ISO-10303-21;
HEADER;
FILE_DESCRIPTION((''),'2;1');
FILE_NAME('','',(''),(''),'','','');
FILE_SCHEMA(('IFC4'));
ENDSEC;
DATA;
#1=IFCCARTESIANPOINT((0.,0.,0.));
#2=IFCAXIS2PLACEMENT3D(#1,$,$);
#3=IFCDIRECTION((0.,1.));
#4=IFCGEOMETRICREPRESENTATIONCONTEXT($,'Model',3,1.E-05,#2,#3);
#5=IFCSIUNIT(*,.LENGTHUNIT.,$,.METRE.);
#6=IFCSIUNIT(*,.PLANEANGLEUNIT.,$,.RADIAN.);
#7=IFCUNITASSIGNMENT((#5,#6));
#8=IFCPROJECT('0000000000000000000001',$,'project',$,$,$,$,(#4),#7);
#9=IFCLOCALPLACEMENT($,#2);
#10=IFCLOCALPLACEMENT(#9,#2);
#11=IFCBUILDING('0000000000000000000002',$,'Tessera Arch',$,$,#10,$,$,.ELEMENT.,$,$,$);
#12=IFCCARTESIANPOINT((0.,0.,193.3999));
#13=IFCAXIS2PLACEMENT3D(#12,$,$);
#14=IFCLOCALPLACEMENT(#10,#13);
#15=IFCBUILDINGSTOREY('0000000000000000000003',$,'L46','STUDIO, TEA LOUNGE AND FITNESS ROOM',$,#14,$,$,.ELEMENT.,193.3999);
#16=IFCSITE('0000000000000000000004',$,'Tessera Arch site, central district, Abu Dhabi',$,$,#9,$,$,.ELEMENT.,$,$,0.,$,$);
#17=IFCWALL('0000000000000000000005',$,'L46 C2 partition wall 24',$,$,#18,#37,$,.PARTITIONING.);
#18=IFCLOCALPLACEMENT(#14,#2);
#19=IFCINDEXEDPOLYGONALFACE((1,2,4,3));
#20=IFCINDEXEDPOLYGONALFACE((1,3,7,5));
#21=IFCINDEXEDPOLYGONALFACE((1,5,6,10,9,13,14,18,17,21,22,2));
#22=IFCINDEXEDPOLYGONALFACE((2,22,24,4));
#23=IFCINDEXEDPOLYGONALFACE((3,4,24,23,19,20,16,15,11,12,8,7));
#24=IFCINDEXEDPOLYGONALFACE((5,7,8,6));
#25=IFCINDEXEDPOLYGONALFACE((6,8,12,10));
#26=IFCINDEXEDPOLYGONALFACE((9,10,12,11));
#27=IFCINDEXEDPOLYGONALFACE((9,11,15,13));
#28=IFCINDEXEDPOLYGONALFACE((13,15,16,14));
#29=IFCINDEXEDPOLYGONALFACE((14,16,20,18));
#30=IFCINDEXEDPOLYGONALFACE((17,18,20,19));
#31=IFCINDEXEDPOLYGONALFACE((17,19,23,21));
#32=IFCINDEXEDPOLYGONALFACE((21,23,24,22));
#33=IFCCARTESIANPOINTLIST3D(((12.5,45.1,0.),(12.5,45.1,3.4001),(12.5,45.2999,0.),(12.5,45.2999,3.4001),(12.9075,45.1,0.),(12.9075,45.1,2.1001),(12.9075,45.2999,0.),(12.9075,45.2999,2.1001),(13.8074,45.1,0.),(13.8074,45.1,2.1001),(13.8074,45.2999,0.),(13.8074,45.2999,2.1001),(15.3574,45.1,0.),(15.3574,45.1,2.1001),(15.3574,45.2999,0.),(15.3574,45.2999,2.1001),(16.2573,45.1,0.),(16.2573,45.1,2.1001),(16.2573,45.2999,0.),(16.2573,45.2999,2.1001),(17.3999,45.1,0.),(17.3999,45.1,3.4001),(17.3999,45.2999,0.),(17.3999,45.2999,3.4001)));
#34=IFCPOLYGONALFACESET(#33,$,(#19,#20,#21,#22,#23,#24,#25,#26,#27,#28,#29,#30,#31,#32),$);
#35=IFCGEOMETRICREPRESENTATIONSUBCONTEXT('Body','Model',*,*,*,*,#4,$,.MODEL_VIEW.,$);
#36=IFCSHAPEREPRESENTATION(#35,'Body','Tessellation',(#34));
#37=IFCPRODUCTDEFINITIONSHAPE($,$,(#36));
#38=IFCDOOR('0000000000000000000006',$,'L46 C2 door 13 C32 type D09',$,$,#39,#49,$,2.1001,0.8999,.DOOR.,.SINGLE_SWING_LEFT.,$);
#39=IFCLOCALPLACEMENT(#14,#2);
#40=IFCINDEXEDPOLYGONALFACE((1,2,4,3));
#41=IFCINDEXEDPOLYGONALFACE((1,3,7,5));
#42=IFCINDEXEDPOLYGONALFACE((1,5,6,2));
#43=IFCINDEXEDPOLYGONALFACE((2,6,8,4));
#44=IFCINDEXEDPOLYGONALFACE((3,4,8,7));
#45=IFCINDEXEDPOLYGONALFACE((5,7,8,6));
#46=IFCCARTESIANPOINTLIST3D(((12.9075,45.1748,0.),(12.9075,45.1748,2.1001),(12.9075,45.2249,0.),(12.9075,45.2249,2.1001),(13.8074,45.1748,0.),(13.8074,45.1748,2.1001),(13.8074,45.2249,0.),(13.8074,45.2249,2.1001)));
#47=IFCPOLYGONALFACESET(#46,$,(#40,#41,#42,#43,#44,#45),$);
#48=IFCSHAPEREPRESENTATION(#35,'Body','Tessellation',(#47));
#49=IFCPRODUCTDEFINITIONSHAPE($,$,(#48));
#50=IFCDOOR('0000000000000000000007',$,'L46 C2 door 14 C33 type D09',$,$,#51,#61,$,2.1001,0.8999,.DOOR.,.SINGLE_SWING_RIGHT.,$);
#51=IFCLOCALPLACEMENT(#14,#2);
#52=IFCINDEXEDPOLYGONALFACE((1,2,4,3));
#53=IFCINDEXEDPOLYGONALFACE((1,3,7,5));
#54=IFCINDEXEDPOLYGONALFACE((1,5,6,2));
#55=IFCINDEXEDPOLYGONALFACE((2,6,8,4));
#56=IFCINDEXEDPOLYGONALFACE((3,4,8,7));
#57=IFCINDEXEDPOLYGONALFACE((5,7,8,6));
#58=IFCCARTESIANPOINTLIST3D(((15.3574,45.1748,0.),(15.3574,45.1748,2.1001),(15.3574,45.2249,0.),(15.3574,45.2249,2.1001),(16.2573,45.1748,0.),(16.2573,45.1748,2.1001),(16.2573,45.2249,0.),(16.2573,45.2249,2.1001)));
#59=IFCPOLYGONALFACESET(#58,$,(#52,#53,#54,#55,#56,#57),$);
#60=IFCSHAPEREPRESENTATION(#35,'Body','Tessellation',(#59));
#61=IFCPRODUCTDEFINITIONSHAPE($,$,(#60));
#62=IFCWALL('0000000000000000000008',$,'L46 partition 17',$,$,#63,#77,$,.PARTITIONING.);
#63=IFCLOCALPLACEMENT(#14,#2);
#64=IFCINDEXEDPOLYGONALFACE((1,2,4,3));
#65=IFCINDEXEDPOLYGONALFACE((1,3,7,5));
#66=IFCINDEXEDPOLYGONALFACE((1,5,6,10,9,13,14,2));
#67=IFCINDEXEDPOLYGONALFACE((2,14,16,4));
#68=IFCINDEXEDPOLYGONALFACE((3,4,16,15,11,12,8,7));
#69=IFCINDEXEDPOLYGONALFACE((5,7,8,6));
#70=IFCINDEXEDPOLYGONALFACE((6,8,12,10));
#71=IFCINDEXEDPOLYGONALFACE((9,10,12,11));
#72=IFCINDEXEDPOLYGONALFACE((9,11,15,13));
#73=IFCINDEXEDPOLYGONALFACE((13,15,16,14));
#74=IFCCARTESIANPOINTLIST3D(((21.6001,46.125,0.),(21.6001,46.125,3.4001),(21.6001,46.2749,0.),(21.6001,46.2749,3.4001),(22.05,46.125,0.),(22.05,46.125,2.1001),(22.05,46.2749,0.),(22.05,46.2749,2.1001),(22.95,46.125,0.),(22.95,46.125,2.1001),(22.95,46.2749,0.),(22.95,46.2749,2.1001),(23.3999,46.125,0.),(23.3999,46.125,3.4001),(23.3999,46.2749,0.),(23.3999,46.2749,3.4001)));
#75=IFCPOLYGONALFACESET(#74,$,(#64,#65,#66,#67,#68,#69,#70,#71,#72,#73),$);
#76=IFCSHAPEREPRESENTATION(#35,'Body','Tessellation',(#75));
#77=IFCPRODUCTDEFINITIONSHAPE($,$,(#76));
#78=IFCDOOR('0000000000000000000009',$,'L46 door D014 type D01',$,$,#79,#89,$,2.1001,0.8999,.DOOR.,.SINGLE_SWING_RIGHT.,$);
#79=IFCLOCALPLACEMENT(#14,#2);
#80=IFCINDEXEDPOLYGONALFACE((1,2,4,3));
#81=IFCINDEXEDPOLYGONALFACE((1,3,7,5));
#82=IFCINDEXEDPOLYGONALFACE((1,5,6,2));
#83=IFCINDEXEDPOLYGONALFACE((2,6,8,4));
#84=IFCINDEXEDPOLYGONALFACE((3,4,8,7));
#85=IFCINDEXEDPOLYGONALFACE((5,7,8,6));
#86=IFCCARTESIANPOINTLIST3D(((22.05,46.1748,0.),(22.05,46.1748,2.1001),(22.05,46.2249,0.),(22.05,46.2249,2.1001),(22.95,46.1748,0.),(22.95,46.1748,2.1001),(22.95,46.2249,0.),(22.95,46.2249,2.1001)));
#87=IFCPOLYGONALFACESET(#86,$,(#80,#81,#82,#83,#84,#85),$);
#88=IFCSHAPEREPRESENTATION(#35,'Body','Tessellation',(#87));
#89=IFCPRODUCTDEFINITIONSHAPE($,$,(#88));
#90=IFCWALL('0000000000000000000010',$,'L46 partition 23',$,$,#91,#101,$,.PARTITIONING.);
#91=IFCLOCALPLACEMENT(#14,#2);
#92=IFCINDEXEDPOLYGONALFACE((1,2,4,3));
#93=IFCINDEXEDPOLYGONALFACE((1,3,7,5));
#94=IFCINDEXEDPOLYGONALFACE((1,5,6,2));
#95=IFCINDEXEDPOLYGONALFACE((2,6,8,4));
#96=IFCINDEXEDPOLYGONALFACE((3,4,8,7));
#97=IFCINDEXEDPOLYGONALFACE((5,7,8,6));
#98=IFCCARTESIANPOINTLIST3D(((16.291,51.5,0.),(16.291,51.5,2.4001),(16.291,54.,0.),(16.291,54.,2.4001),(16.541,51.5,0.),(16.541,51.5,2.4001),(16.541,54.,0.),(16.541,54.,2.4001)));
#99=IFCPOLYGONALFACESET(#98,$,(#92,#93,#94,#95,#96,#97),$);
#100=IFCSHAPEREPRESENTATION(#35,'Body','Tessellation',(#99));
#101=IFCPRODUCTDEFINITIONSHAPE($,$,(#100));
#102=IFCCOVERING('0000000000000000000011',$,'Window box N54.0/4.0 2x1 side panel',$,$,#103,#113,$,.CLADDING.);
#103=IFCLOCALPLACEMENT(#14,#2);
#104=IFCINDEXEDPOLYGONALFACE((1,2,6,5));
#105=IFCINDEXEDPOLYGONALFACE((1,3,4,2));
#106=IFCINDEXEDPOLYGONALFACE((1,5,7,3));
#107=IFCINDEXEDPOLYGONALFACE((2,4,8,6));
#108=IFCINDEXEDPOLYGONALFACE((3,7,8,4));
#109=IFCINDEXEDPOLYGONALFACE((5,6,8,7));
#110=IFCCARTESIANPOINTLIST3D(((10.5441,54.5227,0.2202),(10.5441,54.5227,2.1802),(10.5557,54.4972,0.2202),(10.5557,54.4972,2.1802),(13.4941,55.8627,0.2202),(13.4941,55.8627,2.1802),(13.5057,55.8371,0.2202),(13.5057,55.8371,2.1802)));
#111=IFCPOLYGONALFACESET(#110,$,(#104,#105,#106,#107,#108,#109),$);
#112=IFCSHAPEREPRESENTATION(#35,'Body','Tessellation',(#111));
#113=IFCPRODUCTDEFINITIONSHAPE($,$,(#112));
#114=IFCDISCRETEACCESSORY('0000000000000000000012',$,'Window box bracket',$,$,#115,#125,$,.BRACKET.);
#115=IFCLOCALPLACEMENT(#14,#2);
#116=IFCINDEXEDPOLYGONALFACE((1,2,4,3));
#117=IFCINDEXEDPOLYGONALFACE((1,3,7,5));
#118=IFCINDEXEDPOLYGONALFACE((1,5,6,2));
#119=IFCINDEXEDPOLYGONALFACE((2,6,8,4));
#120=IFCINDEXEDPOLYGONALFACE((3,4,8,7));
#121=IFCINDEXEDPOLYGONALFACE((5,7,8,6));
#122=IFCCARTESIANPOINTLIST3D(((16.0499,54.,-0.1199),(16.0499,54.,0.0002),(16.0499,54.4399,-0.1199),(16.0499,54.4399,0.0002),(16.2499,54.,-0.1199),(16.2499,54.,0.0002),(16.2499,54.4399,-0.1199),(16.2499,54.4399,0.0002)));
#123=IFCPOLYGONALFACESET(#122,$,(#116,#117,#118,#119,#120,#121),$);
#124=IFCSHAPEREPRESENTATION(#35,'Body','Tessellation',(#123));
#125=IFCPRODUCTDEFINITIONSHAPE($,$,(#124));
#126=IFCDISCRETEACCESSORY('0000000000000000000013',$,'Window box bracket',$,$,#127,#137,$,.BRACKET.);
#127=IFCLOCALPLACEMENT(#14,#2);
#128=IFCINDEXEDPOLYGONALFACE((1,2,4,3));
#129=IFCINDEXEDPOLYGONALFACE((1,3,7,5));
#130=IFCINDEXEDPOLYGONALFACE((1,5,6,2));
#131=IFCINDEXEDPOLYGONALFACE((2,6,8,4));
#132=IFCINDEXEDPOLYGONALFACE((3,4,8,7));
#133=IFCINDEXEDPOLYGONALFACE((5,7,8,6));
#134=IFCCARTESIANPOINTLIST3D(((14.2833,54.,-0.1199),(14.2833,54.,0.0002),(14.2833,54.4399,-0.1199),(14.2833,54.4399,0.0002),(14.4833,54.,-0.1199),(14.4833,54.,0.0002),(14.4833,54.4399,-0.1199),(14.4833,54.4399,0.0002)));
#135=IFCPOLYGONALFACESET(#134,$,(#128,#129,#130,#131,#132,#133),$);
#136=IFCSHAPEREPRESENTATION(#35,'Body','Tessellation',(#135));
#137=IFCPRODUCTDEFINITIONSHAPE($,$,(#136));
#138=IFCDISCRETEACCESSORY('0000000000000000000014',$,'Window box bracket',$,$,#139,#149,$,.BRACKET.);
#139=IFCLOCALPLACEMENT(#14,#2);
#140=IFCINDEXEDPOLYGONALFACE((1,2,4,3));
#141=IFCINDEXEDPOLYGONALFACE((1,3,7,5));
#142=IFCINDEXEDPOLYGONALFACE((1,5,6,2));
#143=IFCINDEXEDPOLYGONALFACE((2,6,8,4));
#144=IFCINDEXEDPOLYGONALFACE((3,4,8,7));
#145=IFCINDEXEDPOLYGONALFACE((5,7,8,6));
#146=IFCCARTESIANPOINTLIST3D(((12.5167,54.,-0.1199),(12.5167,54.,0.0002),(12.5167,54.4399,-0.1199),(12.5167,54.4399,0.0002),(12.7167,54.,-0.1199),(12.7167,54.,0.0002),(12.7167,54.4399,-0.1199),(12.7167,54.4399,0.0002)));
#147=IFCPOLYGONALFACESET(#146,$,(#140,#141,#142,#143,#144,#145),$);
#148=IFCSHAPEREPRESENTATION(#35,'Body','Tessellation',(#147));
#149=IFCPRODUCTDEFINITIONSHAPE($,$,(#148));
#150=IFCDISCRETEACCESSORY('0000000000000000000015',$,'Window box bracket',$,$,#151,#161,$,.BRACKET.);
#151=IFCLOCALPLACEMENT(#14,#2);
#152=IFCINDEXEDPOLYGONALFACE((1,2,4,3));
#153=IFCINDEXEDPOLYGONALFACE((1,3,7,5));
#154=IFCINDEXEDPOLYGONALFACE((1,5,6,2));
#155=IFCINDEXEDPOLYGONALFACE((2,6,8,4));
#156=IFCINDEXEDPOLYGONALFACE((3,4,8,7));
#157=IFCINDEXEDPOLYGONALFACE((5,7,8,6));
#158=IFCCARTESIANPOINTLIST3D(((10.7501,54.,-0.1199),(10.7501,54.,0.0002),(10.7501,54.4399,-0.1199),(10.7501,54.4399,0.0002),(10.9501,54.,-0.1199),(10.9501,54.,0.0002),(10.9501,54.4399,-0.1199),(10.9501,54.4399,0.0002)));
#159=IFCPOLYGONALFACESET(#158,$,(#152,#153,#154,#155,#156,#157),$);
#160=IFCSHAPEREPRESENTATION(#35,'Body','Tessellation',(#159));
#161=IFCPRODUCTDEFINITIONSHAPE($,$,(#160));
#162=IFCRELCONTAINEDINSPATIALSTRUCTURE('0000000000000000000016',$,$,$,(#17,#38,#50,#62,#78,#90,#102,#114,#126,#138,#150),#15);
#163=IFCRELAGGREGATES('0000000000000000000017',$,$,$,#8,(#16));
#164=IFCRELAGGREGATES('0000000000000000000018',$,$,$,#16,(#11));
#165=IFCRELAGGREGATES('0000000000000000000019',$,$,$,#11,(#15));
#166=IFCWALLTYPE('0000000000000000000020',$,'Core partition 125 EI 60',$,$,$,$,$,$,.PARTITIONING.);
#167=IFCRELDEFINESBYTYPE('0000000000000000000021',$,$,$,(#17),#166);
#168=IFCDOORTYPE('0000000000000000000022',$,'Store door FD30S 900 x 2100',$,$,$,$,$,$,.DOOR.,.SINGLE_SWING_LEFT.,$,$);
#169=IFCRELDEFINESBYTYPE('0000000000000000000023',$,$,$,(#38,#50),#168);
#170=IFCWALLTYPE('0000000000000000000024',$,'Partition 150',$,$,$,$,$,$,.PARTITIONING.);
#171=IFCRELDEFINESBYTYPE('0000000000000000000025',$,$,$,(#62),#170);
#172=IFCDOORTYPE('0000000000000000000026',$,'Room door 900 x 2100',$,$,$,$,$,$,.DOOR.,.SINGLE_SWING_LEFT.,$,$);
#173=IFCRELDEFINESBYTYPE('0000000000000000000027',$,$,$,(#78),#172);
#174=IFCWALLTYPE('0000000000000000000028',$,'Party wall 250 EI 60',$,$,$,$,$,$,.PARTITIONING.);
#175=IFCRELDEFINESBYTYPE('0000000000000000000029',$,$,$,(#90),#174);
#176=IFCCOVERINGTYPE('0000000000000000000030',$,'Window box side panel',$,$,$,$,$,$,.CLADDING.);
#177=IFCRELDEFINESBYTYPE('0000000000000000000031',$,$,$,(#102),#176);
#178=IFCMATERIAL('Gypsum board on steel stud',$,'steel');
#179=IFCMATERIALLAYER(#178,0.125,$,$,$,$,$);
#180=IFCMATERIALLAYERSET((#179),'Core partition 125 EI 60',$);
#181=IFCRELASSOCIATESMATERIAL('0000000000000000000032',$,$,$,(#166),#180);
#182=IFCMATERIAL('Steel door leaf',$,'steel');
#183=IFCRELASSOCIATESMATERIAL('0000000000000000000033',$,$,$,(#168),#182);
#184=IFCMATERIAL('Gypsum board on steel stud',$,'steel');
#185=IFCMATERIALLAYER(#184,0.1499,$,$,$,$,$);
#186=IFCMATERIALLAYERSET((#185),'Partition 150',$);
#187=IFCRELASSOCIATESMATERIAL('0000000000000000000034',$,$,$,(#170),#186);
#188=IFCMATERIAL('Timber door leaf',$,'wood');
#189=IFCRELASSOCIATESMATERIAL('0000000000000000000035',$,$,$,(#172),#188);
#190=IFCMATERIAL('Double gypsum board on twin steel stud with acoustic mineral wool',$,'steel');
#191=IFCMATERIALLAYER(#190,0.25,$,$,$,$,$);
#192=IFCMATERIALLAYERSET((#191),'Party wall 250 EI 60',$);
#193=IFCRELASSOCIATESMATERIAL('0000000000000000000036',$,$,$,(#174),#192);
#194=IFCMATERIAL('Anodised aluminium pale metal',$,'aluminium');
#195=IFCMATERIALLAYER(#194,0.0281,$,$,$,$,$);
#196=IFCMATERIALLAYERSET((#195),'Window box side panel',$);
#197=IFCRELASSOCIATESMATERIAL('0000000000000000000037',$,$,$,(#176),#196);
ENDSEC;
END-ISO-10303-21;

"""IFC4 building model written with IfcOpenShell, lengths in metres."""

from ifc_helpers import new_model, si_unit, direction, frame, frame_2d, origin, origin_2d, place, context, subcontext, project, spatial, rectangle, extrude, material, layer, layer_set, type_object, element, fill, save


model = new_model("IFC4")

# Units and contexts
model_context = context("Model", 3, precision=1e-05, world=origin(), true_north=direction((0.0, 1.0)))
body_context = subcontext(model_context, "Body", "Model", "MODEL_VIEW")
ifc_project = project(units=[si_unit("LENGTHUNIT", "METRE"), si_unit("PLANEANGLEUNIT", "RADIAN")], contexts=[model_context])

# Site, building, storey
site_placement = place(None, origin())
site = spatial("IfcSite", under=ifc_project, at=site_placement, Name="Tessera Arch site, central district, Abu Dhabi", CompositionType="ELEMENT", RefElevation=0.0)
building_placement = place(site_placement, origin())
building = spatial("IfcBuilding", under=site, at=building_placement, Name="Tessera Arch", CompositionType="ELEMENT")
storey_placement = place(building_placement, frame((0.0, 0.0, 193.3999)))
storey = spatial("IfcBuildingStorey", under=building, at=storey_placement, Name="L46", Description="STUDIO, TEA LOUNGE AND FITNESS ROOM", CompositionType="ELEMENT", Elevation=193.3999)

# Shared definitions
ifc_material_1 = material(Name="Gypsum board on steel stud", Category="steel")
ifc_layer_1 = layer(ifc_material_1, 0.125)
ifc_layer_set_1 = layer_set([ifc_layer_1], Name="Core partition 125 EI 60")
wall_type_1 = type_object("IfcWallType", Name="Core partition 125 EI 60", PredefinedType="PARTITIONING", material=ifc_layer_set_1)

# Wall, openings, doors
wall_1_placement = place(storey_placement, frame((12.5, 45.2, 0.0), z_axis=(0.0, 0.0, 1.0), x_axis=(1.0, 0.0, 0.0)))
wall_1 = element("IfcWall", 1, at=wall_1_placement, inside=storey, type_object=wall_type_1, Name="L46 C2 partition wall 24", PredefinedType="PARTITIONING", context=body_context, shape_type="SweptSolid", body=[
    extrude(rectangle(XDim=4.8999, YDim=0.2, at=frame_2d((2.45, 0.0))), origin(), (0.0, 0.0, 1.0), 3.4001),
])
opening_1_placement = place(wall_1_placement, frame((0.4075, 0.0, 0.0)))
opening_1 = element("IfcOpeningElement", 2, at=opening_1_placement, cuts=wall_1, PredefinedType="OPENING", context=body_context, shape_type="SweptSolid", body=[
    extrude(rectangle(XDim=0.8999, YDim=2.1001, at=frame_2d((0.45, 1.05))), frame((0.0, 0.1099, 0.0), z_axis=(0.0, -1.0, 0.0), x_axis=(1.0, 0.0, 0.0)), (0.0, 0.0, 1.0), 0.22),
])
opening_2_placement = place(wall_1_placement, frame((2.8574, 0.0, 0.0)))
opening_2 = element("IfcOpeningElement", 3, at=opening_2_placement, cuts=wall_1, PredefinedType="OPENING", context=body_context, shape_type="SweptSolid", body=[
    extrude(rectangle(XDim=0.8999, YDim=2.1001, at=frame_2d((0.45, 1.05))), frame((0.0, 0.1099, 0.0), z_axis=(0.0, -1.0, 0.0), x_axis=(1.0, 0.0, 0.0)), (0.0, 0.0, 1.0), 0.22),
])
ifc_material_2 = material(Name="Steel door leaf", Category="steel")
door_type_1 = type_object("IfcDoorType", Name="Store door FD30S 900 x 2100", OperationType="SINGLE_SWING_LEFT", PredefinedType="DOOR", material=ifc_material_2)
door_1_placement = place(opening_1_placement, origin())
door_1 = element("IfcDoor", 4, at=door_1_placement, inside=storey, type_object=door_type_1, Name="L46 C2 door 13 C32 type D09", OperationType="SINGLE_SWING_LEFT", OverallHeight=2.1001, OverallWidth=0.8999, PredefinedType="DOOR", context=body_context, shape_type="SweptSolid", body=[
    extrude(rectangle(XDim=0.8999, YDim=2.1001, at=frame_2d((0.45, 1.05))), frame((0.0, 0.0249, 0.0), z_axis=(0.0, -1.0, 0.0), x_axis=(1.0, 0.0, 0.0)), (0.0, 0.0, 1.0), 0.05),
])
fill(opening_1, door_1)
door_2_placement = place(opening_2_placement, origin())
door_2 = element("IfcDoor", 5, at=door_2_placement, inside=storey, type_object=door_type_1, Name="L46 C2 door 14 C33 type D09", OperationType="SINGLE_SWING_RIGHT", OverallHeight=2.1001, OverallWidth=0.8999, PredefinedType="DOOR", context=body_context, shape_type="SweptSolid", body=[
    extrude(rectangle(XDim=0.8999, YDim=2.1001, at=frame_2d((0.45, 1.05))), frame((0.0, 0.0249, 0.0), z_axis=(0.0, -1.0, 0.0), x_axis=(1.0, 0.0, 0.0)), (0.0, 0.0, 1.0), 0.05),
])
fill(opening_2, door_2)

# Wall, opening, door
ifc_material_3 = material(Name="Gypsum board on steel stud", Category="steel")
ifc_layer_2 = layer(ifc_material_3, 0.1499)
ifc_layer_set_2 = layer_set([ifc_layer_2], Name="Partition 150")
wall_type_2 = type_object("IfcWallType", Name="Partition 150", PredefinedType="PARTITIONING", material=ifc_layer_set_2)
wall_2_placement = place(storey_placement, frame((21.6001, 46.2, 0.0), z_axis=(0.0, 0.0, 1.0), x_axis=(1.0, 0.0, 0.0)))
wall_2 = element("IfcWall", 6, at=wall_2_placement, inside=storey, type_object=wall_type_2, Name="L46 partition 17", PredefinedType="PARTITIONING", context=body_context, shape_type="SweptSolid", body=[
    extrude(rectangle(XDim=1.7998, YDim=0.1499, at=frame_2d((0.8999, 0.0))), origin(), (0.0, 0.0, 1.0), 3.4001),
])
opening_3_placement = place(wall_2_placement, frame((0.45, 0.0, 0.0)))
opening_3 = element("IfcOpeningElement", 7, at=opening_3_placement, cuts=wall_2, PredefinedType="OPENING", context=body_context, shape_type="SweptSolid", body=[
    extrude(rectangle(XDim=0.8999, YDim=2.1001, at=frame_2d((0.45, 1.05))), frame((0.0, 0.085, 0.0), z_axis=(0.0, -1.0, 0.0), x_axis=(1.0, 0.0, 0.0)), (0.0, 0.0, 1.0), 0.1699),
])
ifc_material_4 = material(Name="Timber door leaf", Category="wood")
door_type_2 = type_object("IfcDoorType", Name="Room door 900 x 2100", OperationType="SINGLE_SWING_LEFT", PredefinedType="DOOR", material=ifc_material_4)
door_3_placement = place(opening_3_placement, origin())
door_3 = element("IfcDoor", 8, at=door_3_placement, inside=storey, type_object=door_type_2, Name="L46 door D014 type D01", OperationType="SINGLE_SWING_RIGHT", OverallHeight=2.1001, OverallWidth=0.8999, PredefinedType="DOOR", context=body_context, shape_type="SweptSolid", body=[
    extrude(rectangle(XDim=0.8999, YDim=2.1001, at=frame_2d((0.45, 1.05))), frame((0.0, 0.0249, 0.0), z_axis=(0.0, -1.0, 0.0), x_axis=(1.0, 0.0, 0.0)), (0.0, 0.0, 1.0), 0.05),
])
fill(opening_3, door_3)

# Wall
ifc_material_5 = material(Name="Double gypsum board on twin steel stud with acoustic mineral wool", Category="steel")
ifc_layer_3 = layer(ifc_material_5, 0.25)
ifc_layer_set_3 = layer_set([ifc_layer_3], Name="Party wall 250 EI 60")
wall_type_3 = type_object("IfcWallType", Name="Party wall 250 EI 60", PredefinedType="PARTITIONING", material=ifc_layer_set_3)
wall_3_placement = place(storey_placement, frame((16.416, 51.5, 0.0), z_axis=(0.0, 0.0, 1.0), x_axis=(0.0, 1.0, 0.0)))
element("IfcWall", 9, at=wall_3_placement, inside=storey, type_object=wall_type_3, Name="L46 partition 23", PredefinedType="PARTITIONING", context=body_context, shape_type="SweptSolid", body=[
    extrude(rectangle(XDim=2.5, YDim=0.25, at=frame_2d((1.25, 0.0))), origin(), (0.0, 0.0, 1.0), 2.4001),
])

# Covering
ifc_material_6 = material(Name="Anodised aluminium pale metal", Category="aluminium")
ifc_layer_4 = layer(ifc_material_6, 0.0281)
ifc_layer_set_4 = layer_set([ifc_layer_4], Name="Window box side panel")
covering_type = type_object("IfcCoveringType", Name="Window box side panel", PredefinedType="CLADDING", material=ifc_layer_set_4)
covering_placement = place(storey_placement, frame((12.0249, 55.1799, 0.2202), z_axis=(0.0, 0.0, 1.0), x_axis=(0.910472, 0.41357, 0.0)))
element("IfcCovering", 10, at=covering_placement, inside=storey, type_object=covering_type, Name="Window box N54.0/4.0 2x1 side panel", PredefinedType="CLADDING", context=body_context, shape_type="SweptSolid", body=[
    extrude(rectangle(XDim=3.24, YDim=0.0281, at=origin_2d()), origin(), (0.0, 0.0, 1.0), 1.96),
])

# Discrete accessories
for number, where, z_axis, x_axis, name in (
    (11, (16.1499, 54.22, -0.1199), (0.0, 0.0, 1.0), (0.0, 1.0, 0.0), "Window box bracket"),
    (12, (14.3833, 54.22, -0.1199), (0.0, 0.0, 1.0), (0.0, 1.0, 0.0), "Window box bracket"),
    (13, (12.6167, 54.22, -0.1199), (0.0, 0.0, 1.0), (0.0, 1.0, 0.0), "Window box bracket"),
    (14, (10.8501, 54.22, -0.1199), (0.0, 0.0, 1.0), (0.0, 1.0, 0.0), "Window box bracket"),
):
    element("IfcDiscreteAccessory", number, at=place(storey_placement, frame(where, z_axis=z_axis, x_axis=x_axis)), inside=storey, Name=name, PredefinedType="BRACKET", context=body_context, shape_type="SweptSolid", body=[
        extrude(rectangle(XDim=0.4399, YDim=0.2, at=origin_2d()), origin(), (0.0, 0.0, 1.0), 0.1201),
    ])

save(model, "model.ifc")
